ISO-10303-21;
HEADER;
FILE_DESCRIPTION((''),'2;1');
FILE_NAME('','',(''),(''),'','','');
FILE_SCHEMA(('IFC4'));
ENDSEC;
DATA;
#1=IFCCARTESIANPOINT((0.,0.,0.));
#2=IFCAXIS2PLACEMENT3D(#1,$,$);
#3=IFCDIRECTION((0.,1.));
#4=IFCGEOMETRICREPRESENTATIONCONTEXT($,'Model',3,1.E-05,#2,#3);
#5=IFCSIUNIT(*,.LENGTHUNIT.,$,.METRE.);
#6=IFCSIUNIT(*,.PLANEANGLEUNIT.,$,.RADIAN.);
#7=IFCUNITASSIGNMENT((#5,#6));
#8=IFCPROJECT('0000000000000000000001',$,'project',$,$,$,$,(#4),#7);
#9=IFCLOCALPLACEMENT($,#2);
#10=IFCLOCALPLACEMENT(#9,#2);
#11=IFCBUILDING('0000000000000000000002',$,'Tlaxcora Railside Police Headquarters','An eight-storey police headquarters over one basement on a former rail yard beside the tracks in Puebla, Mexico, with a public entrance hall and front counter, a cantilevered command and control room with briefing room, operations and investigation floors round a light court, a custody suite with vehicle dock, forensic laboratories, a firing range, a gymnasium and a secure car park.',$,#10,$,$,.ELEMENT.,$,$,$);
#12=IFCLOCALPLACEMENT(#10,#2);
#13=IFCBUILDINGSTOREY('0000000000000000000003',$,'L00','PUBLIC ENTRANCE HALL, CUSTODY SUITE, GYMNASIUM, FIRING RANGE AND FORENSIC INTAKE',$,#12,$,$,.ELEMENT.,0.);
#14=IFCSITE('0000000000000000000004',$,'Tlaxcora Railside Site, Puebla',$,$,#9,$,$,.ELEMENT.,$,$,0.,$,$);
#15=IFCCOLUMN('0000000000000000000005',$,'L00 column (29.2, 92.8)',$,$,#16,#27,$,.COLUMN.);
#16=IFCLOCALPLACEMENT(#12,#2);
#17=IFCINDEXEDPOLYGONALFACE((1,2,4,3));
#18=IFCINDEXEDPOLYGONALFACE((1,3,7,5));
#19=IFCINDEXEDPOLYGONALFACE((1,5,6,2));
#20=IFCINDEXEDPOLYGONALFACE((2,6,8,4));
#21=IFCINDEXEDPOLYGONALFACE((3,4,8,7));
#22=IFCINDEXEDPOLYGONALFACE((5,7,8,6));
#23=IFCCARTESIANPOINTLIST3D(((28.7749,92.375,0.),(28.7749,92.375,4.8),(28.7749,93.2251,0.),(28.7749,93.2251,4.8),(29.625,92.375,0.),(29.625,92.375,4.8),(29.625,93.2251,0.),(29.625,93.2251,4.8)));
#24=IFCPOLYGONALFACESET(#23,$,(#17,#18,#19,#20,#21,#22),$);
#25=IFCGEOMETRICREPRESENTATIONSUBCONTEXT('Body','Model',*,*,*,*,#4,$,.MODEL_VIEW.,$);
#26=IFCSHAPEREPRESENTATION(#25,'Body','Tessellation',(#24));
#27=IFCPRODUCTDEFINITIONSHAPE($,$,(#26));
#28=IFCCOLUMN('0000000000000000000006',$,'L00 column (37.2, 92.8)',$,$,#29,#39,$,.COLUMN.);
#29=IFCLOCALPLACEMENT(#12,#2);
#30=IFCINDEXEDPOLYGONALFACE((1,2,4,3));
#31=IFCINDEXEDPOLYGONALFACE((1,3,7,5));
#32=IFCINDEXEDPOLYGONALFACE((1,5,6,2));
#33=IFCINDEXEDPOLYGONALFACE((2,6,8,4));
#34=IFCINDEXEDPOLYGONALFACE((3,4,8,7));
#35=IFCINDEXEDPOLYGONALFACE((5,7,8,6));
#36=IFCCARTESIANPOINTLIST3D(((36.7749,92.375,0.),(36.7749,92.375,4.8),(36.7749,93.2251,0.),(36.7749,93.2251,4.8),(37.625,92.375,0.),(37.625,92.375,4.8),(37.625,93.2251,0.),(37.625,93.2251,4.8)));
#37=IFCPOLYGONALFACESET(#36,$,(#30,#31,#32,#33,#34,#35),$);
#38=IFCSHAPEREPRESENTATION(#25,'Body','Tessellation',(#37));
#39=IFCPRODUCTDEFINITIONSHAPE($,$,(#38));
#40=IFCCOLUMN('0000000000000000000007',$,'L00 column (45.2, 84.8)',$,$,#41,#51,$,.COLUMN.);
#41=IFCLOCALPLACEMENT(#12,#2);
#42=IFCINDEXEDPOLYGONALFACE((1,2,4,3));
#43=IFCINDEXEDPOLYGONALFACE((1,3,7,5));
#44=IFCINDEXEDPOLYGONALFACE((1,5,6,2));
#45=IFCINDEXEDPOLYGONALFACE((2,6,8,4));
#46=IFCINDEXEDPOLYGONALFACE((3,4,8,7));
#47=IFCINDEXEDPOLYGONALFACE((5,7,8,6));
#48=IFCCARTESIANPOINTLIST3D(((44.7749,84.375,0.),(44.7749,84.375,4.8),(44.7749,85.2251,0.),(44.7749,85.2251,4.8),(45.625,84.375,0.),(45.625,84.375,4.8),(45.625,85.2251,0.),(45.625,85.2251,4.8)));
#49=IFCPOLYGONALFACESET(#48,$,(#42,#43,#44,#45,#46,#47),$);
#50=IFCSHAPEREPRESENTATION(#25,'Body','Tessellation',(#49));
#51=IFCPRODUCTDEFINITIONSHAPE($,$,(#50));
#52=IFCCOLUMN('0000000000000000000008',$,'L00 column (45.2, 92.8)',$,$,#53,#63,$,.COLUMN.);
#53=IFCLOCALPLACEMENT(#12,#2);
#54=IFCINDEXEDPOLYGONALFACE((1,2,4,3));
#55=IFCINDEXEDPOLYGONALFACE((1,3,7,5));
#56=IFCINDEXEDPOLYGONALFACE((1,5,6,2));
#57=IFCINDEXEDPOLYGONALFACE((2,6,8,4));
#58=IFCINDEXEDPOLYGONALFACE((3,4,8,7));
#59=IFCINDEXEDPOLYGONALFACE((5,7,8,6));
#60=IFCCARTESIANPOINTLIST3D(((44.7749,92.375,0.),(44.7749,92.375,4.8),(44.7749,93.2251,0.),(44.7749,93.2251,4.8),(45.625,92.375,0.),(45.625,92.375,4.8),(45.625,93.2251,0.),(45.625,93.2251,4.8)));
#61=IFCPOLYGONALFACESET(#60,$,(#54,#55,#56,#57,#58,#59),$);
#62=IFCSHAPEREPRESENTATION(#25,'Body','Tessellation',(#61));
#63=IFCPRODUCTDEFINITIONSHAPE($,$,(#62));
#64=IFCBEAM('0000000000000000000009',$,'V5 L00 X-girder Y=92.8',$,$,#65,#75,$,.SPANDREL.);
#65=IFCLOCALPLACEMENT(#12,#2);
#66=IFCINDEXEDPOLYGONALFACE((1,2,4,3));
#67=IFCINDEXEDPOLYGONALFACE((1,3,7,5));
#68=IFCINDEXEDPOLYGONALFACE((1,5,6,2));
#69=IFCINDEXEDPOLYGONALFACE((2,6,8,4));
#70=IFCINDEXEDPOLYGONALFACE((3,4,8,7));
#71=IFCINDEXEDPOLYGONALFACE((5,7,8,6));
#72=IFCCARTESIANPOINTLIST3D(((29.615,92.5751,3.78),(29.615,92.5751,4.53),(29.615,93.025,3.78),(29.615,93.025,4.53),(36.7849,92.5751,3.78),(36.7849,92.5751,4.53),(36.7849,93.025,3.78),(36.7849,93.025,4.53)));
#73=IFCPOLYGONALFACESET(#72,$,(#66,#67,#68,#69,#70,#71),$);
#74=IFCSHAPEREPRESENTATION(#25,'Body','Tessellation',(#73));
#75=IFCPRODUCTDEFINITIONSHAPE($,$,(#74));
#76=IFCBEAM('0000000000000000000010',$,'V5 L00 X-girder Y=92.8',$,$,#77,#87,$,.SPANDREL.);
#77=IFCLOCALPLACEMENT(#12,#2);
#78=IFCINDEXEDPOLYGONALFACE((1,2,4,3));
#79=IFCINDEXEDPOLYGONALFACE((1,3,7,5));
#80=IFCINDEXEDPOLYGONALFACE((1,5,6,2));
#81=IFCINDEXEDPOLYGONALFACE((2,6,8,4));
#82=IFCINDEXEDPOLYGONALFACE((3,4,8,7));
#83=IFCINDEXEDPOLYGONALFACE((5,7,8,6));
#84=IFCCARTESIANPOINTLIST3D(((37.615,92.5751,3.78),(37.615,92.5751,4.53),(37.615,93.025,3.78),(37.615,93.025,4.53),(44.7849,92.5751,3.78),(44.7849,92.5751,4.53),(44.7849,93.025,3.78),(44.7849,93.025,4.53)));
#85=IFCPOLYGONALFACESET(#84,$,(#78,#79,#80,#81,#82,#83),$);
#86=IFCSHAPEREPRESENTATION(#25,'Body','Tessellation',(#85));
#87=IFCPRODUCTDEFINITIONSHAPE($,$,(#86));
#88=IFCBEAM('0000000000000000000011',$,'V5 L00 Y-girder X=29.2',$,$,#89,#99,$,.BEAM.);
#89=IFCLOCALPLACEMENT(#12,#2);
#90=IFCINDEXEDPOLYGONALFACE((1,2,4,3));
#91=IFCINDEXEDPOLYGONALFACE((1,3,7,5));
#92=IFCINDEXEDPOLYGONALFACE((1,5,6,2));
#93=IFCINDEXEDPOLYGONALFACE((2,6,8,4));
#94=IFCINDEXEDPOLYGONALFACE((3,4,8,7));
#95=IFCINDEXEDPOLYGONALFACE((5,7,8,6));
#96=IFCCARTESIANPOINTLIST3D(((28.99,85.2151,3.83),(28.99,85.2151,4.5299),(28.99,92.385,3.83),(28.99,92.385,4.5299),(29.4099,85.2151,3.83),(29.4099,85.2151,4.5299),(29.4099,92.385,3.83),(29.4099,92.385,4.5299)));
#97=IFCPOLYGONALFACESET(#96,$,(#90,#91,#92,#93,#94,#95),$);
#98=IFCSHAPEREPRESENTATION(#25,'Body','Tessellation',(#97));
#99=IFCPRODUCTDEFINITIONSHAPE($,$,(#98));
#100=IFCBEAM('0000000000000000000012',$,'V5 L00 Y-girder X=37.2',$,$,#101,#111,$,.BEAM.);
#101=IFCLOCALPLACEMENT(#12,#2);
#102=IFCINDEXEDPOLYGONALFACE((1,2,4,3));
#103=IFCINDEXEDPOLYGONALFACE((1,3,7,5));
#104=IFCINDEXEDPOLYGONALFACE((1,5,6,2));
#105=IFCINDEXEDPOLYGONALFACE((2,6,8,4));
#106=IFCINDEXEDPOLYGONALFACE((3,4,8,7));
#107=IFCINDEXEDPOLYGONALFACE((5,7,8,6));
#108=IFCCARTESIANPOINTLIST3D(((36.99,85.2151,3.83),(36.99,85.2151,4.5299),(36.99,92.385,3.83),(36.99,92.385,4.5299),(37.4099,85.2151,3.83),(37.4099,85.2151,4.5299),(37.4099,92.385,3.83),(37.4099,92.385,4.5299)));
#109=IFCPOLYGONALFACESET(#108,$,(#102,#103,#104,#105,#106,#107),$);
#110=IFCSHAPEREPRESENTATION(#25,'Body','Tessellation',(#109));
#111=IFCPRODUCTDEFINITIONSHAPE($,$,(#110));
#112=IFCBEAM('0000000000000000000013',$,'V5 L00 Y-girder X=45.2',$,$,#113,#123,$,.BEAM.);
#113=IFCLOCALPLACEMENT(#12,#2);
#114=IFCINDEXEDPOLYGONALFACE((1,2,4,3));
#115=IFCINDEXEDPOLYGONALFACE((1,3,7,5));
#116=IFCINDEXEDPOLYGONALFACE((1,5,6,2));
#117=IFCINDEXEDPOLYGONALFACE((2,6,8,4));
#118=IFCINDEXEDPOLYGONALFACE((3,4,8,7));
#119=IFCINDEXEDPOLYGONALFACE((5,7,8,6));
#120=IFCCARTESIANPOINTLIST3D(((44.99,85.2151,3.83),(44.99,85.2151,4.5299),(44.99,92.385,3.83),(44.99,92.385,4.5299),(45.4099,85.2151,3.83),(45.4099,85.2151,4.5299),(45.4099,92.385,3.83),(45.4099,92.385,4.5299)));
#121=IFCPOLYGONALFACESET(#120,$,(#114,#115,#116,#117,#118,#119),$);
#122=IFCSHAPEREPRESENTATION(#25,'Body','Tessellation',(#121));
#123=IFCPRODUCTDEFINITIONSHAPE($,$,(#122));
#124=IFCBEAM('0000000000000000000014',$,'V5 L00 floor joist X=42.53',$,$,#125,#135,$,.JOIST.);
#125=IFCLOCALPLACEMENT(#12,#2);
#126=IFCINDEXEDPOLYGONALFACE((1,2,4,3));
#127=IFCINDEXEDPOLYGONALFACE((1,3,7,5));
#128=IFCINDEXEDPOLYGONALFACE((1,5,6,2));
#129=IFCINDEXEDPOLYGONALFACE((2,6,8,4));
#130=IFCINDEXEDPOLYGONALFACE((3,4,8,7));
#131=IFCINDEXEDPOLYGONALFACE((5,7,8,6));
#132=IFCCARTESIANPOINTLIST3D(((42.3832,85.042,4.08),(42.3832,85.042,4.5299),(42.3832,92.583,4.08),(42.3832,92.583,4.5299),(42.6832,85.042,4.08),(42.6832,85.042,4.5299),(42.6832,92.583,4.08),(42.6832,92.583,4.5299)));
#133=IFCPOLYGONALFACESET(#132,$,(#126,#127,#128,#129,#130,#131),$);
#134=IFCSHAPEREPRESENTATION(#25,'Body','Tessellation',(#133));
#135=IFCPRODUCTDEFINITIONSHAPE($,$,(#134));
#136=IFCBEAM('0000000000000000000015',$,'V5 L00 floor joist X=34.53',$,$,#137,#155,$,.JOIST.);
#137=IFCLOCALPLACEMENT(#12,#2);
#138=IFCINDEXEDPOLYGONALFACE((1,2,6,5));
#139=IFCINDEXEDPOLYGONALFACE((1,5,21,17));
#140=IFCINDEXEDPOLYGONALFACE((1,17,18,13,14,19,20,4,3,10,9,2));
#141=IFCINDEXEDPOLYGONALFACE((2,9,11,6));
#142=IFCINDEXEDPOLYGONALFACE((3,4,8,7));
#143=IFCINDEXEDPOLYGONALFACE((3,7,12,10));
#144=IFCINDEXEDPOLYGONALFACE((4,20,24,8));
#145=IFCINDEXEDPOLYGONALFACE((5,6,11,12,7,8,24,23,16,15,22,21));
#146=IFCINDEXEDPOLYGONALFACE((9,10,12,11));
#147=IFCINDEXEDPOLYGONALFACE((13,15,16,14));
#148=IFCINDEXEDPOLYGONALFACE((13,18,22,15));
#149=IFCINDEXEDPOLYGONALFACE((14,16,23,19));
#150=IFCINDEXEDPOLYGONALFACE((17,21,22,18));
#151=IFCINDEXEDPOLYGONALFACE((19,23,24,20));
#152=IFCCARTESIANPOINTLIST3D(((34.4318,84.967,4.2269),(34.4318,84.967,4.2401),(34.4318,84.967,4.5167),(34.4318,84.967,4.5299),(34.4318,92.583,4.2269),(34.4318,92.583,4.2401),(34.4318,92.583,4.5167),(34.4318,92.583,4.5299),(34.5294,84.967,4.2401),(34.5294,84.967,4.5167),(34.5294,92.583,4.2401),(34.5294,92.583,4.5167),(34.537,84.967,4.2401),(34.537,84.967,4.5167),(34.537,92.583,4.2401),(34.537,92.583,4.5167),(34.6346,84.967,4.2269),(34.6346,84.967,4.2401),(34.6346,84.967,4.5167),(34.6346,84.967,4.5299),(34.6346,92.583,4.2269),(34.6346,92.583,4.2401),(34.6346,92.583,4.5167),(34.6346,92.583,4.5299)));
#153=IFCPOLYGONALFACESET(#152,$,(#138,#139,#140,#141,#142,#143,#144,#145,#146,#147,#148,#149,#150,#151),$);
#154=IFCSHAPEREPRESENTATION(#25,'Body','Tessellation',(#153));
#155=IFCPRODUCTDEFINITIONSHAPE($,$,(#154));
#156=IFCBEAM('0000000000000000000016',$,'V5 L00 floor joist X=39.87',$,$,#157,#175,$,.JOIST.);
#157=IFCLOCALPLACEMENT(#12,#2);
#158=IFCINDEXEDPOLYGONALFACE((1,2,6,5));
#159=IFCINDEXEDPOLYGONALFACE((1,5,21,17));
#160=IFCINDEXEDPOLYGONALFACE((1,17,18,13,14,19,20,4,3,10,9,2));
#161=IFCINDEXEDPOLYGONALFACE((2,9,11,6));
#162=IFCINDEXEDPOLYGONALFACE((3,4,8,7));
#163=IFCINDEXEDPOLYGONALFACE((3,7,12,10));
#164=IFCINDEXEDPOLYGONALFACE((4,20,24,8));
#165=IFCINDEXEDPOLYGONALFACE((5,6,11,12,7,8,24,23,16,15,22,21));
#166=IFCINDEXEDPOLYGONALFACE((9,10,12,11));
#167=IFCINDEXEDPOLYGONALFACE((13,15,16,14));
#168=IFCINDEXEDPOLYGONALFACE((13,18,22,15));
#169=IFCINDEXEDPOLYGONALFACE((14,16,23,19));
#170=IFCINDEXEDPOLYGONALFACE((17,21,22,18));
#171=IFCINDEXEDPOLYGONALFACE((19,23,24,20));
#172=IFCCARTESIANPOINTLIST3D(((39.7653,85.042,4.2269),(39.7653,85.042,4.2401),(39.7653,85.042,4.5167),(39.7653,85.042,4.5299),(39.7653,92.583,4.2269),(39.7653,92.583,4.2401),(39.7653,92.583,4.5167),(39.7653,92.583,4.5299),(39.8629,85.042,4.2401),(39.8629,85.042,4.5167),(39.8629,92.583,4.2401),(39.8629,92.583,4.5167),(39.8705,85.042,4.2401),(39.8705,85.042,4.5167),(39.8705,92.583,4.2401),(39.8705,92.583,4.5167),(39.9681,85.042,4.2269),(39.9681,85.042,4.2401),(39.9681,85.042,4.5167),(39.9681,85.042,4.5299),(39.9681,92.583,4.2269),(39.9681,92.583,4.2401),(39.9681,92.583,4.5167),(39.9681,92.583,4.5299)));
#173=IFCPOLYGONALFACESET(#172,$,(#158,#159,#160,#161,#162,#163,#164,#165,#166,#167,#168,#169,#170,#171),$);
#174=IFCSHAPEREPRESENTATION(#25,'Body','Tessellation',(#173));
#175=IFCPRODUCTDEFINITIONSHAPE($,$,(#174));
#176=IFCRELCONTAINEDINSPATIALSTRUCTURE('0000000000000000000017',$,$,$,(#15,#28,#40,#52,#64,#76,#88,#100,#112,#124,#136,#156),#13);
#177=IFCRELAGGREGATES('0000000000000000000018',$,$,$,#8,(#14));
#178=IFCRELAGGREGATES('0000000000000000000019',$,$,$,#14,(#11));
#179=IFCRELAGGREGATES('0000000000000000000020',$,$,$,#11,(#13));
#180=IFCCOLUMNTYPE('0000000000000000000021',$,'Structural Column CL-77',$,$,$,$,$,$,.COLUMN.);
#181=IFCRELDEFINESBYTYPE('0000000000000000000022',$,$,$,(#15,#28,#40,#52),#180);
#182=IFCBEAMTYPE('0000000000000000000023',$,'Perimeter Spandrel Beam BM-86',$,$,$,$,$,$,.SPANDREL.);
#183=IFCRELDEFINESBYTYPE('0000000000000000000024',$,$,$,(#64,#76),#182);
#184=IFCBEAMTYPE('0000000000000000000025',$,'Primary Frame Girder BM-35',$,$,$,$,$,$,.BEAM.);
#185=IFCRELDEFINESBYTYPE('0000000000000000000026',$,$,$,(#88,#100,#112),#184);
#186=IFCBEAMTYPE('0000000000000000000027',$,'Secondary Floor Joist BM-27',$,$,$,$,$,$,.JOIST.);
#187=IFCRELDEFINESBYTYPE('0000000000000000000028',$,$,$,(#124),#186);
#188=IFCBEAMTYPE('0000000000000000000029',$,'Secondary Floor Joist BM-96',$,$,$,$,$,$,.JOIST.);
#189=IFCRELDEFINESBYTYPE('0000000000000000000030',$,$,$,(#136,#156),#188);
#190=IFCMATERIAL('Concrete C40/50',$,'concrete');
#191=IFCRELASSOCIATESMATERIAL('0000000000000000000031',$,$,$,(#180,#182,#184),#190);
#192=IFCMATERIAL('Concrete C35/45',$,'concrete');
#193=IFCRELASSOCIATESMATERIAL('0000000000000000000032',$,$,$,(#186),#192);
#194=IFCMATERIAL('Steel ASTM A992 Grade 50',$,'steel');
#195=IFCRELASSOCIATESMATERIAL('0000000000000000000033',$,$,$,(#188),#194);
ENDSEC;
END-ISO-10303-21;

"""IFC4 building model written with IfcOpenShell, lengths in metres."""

from ifc_helpers import new_model, si_unit, direction, frame, origin, origin_2d, place, context, subcontext, project, spatial, rectangle, i_section, extrude, material, material_profile, profile_set, type_object, element, save


model = new_model("IFC4")

# Units and contexts
model_context = context("Model", 3, precision=1e-05, world=origin(), true_north=direction((0.0, 1.0)))
body_context = subcontext(model_context, "Body", "Model", "MODEL_VIEW")
ifc_project = project(units=[si_unit("LENGTHUNIT", "METRE"), si_unit("PLANEANGLEUNIT", "RADIAN")], contexts=[model_context])

# Site, building, storey
site_placement = place(None, origin())
site = spatial("IfcSite", under=ifc_project, at=site_placement, Name="Tlaxcora Railside Site, Puebla", CompositionType="ELEMENT", RefElevation=0.0)
building_placement = place(site_placement, origin())
building = spatial("IfcBuilding", under=site, at=building_placement, Name="Tlaxcora Railside Police Headquarters", Description="An eight-storey police headquarters over one basement on a former rail yard beside the tracks in Puebla, Mexico, with a public entrance hall and front counter, a cantilevered command and control room with briefing room, operations and investigation floors round a light court, a custody suite with vehicle dock, forensic laboratories, a firing range, a gymnasium and a secure car park.", CompositionType="ELEMENT")
storey_placement = place(building_placement, origin())
storey = spatial("IfcBuildingStorey", under=building, at=storey_placement, Name="L00", Description="PUBLIC ENTRANCE HALL, CUSTODY SUITE, GYMNASIUM, FIRING RANGE AND FORENSIC INTAKE", CompositionType="ELEMENT", Elevation=0.0)

# Columns
ifc_material_1 = material(Name="Concrete C40/50", Category="concrete")
ifc_material_profile_1 = material_profile(ifc_material_1, rectangle(XDim=0.8501, YDim=0.8501, at=origin_2d()), Name="RC850X850")
ifc_profile_set_1 = profile_set([ifc_material_profile_1], Name="Concrete C40/50")
column_type = type_object("IfcColumnType", Name="Structural Column CL-77", PredefinedType="COLUMN", material=ifc_profile_set_1)
for number, where, z_axis, x_axis, name in (
    (1, (29.2, 92.8, 0.0), (0.0, 0.0, 1.0), (1.0, 0.0, 0.0), "L00 column (29.2, 92.8)"),
    (2, (37.2, 92.8, 0.0), (0.0, 0.0, 1.0), (1.0, 0.0, 0.0), "L00 column (37.2, 92.8)"),
    (3, (45.2, 84.8, 0.0), (0.0, 0.0, 1.0), (1.0, 0.0, 0.0), "L00 column (45.2, 84.8)"),
    (4, (45.2, 92.8, 0.0), (0.0, 0.0, 1.0), (1.0, 0.0, 0.0), "L00 column (45.2, 92.8)"),
):
    element("IfcColumn", number, at=place(storey_placement, frame(where, z_axis=z_axis, x_axis=x_axis)), inside=storey, type_object=column_type, Name=name, PredefinedType="COLUMN", context=body_context, shape_type="SweptSolid", body=[
        extrude(rectangle(XDim=0.8501, YDim=0.8501, at=origin_2d()), origin(), (0.0, 0.0, 1.0), 4.8),
    ])

# Beams
ifc_material_profile_2 = material_profile(ifc_material_1, rectangle(XDim=0.45, YDim=0.75, at=origin_2d()), Name="RC450X750")
ifc_profile_set_2 = profile_set([ifc_material_profile_2], Name="Concrete C40/50")
beam_type_1 = type_object("IfcBeamType", Name="Perimeter Spandrel Beam BM-86", PredefinedType="SPANDREL", material=ifc_profile_set_2)
for number, where, z_axis, x_axis, name in (
    (5, (29.615, 92.8, 4.155), (1.0, 0.0, 0.0), (0.0, 1.0, 0.0), "V5 L00 X-girder Y=92.8"),
    (6, (37.615, 92.8, 4.155), (1.0, 0.0, 0.0), (0.0, 1.0, 0.0), "V5 L00 X-girder Y=92.8"),
):
    element("IfcBeam", number, at=place(storey_placement, frame(where, z_axis=z_axis, x_axis=x_axis)), inside=storey, type_object=beam_type_1, Name=name, PredefinedType="SPANDREL", context=body_context, shape_type="SweptSolid", body=[
        extrude(rectangle(XDim=0.45, YDim=0.75, at=origin_2d()), origin(), (0.0, 0.0, 1.0), 7.1699),
    ])
ifc_material_profile_3 = material_profile(ifc_material_1, rectangle(XDim=0.4199, YDim=0.7, at=origin_2d()), Name="RC420X700")
ifc_profile_set_3 = profile_set([ifc_material_profile_3], Name="Concrete C40/50")
beam_type_2 = type_object("IfcBeamType", Name="Primary Frame Girder BM-35", PredefinedType="BEAM", material=ifc_profile_set_3)
for number, where, z_axis, x_axis, name in (
    (7, (29.2, 85.2151, 4.1799), (0.0, 1.0, 0.0), (-1.0, 0.0, 0.0), "V5 L00 Y-girder X=29.2"),
    (8, (37.2, 85.2151, 4.1799), (0.0, 1.0, 0.0), (-1.0, 0.0, 0.0), "V5 L00 Y-girder X=37.2"),
    (9, (45.2, 85.2151, 4.1799), (0.0, 1.0, 0.0), (-1.0, 0.0, 0.0), "V5 L00 Y-girder X=45.2"),
):
    element("IfcBeam", number, at=place(storey_placement, frame(where, z_axis=z_axis, x_axis=x_axis)), inside=storey, type_object=beam_type_2, Name=name, PredefinedType="BEAM", context=body_context, shape_type="SweptSolid", body=[
        extrude(rectangle(XDim=0.4199, YDim=0.7, at=origin_2d()), origin(), (0.0, 0.0, 1.0), 7.1699),
    ])
ifc_material_2 = material(Name="Concrete C35/45", Category="concrete")
ifc_material_profile_4 = material_profile(ifc_material_2, rectangle(XDim=0.3, YDim=0.45, at=origin_2d()), Name="RC300X450")
ifc_profile_set_4 = profile_set([ifc_material_profile_4], Name="Concrete C35/45")
beam_type_3 = type_object("IfcBeamType", Name="Secondary Floor Joist BM-27", PredefinedType="JOIST", material=ifc_profile_set_4)
beam_1_placement = place(storey_placement, frame((42.5332, 85.042, 4.3049), z_axis=(0.0, 1.0, 0.0), x_axis=(-1.0, 0.0, 0.0)))
element("IfcBeam", 10, at=beam_1_placement, inside=storey, type_object=beam_type_3, Name="V5 L00 floor joist X=42.53", PredefinedType="JOIST", context=body_context, shape_type="SweptSolid", body=[
    extrude(rectangle(XDim=0.3, YDim=0.45, at=origin_2d()), origin(), (0.0, 0.0, 1.0), 7.541),
])
ifc_material_3 = material(Name="Steel ASTM A992 Grade 50", Category="steel")
ifc_material_profile_5 = material_profile(ifc_material_3, i_section(OverallWidth=0.2029, OverallDepth=0.303, WebThickness=0.0076, FlangeThickness=0.0132, at=origin_2d()), Name="W12X40")
ifc_profile_set_5 = profile_set([ifc_material_profile_5], Name="Steel ASTM A992 Grade 50")
beam_type_4 = type_object("IfcBeamType", Name="Secondary Floor Joist BM-96", PredefinedType="JOIST", material=ifc_profile_set_5)
beam_2_placement = place(storey_placement, frame((34.5332, 84.967, 4.3784), z_axis=(0.0, 1.0, 0.0), x_axis=(-1.0, 0.0, 0.0)))
element("IfcBeam", 11, at=beam_2_placement, inside=storey, type_object=beam_type_4, Name="V5 L00 floor joist X=34.53", PredefinedType="JOIST", context=body_context, shape_type="SweptSolid", body=[
    extrude(i_section(OverallWidth=0.2029, OverallDepth=0.303, WebThickness=0.0076, FlangeThickness=0.0132, at=origin_2d()), origin(), (0.0, 0.0, 1.0), 7.616),
])
beam_3_placement = place(storey_placement, frame((39.8667, 85.042, 4.3784), z_axis=(0.0, 1.0, 0.0), x_axis=(-1.0, 0.0, 0.0)))
element("IfcBeam", 12, at=beam_3_placement, inside=storey, type_object=beam_type_4, Name="V5 L00 floor joist X=39.87", PredefinedType="JOIST", context=body_context, shape_type="SweptSolid", body=[
    extrude(i_section(OverallWidth=0.2029, OverallDepth=0.303, WebThickness=0.0076, FlangeThickness=0.0132, at=origin_2d()), origin(), (0.0, 0.0, 1.0), 7.541),
])

save(model, "model.ifc")
